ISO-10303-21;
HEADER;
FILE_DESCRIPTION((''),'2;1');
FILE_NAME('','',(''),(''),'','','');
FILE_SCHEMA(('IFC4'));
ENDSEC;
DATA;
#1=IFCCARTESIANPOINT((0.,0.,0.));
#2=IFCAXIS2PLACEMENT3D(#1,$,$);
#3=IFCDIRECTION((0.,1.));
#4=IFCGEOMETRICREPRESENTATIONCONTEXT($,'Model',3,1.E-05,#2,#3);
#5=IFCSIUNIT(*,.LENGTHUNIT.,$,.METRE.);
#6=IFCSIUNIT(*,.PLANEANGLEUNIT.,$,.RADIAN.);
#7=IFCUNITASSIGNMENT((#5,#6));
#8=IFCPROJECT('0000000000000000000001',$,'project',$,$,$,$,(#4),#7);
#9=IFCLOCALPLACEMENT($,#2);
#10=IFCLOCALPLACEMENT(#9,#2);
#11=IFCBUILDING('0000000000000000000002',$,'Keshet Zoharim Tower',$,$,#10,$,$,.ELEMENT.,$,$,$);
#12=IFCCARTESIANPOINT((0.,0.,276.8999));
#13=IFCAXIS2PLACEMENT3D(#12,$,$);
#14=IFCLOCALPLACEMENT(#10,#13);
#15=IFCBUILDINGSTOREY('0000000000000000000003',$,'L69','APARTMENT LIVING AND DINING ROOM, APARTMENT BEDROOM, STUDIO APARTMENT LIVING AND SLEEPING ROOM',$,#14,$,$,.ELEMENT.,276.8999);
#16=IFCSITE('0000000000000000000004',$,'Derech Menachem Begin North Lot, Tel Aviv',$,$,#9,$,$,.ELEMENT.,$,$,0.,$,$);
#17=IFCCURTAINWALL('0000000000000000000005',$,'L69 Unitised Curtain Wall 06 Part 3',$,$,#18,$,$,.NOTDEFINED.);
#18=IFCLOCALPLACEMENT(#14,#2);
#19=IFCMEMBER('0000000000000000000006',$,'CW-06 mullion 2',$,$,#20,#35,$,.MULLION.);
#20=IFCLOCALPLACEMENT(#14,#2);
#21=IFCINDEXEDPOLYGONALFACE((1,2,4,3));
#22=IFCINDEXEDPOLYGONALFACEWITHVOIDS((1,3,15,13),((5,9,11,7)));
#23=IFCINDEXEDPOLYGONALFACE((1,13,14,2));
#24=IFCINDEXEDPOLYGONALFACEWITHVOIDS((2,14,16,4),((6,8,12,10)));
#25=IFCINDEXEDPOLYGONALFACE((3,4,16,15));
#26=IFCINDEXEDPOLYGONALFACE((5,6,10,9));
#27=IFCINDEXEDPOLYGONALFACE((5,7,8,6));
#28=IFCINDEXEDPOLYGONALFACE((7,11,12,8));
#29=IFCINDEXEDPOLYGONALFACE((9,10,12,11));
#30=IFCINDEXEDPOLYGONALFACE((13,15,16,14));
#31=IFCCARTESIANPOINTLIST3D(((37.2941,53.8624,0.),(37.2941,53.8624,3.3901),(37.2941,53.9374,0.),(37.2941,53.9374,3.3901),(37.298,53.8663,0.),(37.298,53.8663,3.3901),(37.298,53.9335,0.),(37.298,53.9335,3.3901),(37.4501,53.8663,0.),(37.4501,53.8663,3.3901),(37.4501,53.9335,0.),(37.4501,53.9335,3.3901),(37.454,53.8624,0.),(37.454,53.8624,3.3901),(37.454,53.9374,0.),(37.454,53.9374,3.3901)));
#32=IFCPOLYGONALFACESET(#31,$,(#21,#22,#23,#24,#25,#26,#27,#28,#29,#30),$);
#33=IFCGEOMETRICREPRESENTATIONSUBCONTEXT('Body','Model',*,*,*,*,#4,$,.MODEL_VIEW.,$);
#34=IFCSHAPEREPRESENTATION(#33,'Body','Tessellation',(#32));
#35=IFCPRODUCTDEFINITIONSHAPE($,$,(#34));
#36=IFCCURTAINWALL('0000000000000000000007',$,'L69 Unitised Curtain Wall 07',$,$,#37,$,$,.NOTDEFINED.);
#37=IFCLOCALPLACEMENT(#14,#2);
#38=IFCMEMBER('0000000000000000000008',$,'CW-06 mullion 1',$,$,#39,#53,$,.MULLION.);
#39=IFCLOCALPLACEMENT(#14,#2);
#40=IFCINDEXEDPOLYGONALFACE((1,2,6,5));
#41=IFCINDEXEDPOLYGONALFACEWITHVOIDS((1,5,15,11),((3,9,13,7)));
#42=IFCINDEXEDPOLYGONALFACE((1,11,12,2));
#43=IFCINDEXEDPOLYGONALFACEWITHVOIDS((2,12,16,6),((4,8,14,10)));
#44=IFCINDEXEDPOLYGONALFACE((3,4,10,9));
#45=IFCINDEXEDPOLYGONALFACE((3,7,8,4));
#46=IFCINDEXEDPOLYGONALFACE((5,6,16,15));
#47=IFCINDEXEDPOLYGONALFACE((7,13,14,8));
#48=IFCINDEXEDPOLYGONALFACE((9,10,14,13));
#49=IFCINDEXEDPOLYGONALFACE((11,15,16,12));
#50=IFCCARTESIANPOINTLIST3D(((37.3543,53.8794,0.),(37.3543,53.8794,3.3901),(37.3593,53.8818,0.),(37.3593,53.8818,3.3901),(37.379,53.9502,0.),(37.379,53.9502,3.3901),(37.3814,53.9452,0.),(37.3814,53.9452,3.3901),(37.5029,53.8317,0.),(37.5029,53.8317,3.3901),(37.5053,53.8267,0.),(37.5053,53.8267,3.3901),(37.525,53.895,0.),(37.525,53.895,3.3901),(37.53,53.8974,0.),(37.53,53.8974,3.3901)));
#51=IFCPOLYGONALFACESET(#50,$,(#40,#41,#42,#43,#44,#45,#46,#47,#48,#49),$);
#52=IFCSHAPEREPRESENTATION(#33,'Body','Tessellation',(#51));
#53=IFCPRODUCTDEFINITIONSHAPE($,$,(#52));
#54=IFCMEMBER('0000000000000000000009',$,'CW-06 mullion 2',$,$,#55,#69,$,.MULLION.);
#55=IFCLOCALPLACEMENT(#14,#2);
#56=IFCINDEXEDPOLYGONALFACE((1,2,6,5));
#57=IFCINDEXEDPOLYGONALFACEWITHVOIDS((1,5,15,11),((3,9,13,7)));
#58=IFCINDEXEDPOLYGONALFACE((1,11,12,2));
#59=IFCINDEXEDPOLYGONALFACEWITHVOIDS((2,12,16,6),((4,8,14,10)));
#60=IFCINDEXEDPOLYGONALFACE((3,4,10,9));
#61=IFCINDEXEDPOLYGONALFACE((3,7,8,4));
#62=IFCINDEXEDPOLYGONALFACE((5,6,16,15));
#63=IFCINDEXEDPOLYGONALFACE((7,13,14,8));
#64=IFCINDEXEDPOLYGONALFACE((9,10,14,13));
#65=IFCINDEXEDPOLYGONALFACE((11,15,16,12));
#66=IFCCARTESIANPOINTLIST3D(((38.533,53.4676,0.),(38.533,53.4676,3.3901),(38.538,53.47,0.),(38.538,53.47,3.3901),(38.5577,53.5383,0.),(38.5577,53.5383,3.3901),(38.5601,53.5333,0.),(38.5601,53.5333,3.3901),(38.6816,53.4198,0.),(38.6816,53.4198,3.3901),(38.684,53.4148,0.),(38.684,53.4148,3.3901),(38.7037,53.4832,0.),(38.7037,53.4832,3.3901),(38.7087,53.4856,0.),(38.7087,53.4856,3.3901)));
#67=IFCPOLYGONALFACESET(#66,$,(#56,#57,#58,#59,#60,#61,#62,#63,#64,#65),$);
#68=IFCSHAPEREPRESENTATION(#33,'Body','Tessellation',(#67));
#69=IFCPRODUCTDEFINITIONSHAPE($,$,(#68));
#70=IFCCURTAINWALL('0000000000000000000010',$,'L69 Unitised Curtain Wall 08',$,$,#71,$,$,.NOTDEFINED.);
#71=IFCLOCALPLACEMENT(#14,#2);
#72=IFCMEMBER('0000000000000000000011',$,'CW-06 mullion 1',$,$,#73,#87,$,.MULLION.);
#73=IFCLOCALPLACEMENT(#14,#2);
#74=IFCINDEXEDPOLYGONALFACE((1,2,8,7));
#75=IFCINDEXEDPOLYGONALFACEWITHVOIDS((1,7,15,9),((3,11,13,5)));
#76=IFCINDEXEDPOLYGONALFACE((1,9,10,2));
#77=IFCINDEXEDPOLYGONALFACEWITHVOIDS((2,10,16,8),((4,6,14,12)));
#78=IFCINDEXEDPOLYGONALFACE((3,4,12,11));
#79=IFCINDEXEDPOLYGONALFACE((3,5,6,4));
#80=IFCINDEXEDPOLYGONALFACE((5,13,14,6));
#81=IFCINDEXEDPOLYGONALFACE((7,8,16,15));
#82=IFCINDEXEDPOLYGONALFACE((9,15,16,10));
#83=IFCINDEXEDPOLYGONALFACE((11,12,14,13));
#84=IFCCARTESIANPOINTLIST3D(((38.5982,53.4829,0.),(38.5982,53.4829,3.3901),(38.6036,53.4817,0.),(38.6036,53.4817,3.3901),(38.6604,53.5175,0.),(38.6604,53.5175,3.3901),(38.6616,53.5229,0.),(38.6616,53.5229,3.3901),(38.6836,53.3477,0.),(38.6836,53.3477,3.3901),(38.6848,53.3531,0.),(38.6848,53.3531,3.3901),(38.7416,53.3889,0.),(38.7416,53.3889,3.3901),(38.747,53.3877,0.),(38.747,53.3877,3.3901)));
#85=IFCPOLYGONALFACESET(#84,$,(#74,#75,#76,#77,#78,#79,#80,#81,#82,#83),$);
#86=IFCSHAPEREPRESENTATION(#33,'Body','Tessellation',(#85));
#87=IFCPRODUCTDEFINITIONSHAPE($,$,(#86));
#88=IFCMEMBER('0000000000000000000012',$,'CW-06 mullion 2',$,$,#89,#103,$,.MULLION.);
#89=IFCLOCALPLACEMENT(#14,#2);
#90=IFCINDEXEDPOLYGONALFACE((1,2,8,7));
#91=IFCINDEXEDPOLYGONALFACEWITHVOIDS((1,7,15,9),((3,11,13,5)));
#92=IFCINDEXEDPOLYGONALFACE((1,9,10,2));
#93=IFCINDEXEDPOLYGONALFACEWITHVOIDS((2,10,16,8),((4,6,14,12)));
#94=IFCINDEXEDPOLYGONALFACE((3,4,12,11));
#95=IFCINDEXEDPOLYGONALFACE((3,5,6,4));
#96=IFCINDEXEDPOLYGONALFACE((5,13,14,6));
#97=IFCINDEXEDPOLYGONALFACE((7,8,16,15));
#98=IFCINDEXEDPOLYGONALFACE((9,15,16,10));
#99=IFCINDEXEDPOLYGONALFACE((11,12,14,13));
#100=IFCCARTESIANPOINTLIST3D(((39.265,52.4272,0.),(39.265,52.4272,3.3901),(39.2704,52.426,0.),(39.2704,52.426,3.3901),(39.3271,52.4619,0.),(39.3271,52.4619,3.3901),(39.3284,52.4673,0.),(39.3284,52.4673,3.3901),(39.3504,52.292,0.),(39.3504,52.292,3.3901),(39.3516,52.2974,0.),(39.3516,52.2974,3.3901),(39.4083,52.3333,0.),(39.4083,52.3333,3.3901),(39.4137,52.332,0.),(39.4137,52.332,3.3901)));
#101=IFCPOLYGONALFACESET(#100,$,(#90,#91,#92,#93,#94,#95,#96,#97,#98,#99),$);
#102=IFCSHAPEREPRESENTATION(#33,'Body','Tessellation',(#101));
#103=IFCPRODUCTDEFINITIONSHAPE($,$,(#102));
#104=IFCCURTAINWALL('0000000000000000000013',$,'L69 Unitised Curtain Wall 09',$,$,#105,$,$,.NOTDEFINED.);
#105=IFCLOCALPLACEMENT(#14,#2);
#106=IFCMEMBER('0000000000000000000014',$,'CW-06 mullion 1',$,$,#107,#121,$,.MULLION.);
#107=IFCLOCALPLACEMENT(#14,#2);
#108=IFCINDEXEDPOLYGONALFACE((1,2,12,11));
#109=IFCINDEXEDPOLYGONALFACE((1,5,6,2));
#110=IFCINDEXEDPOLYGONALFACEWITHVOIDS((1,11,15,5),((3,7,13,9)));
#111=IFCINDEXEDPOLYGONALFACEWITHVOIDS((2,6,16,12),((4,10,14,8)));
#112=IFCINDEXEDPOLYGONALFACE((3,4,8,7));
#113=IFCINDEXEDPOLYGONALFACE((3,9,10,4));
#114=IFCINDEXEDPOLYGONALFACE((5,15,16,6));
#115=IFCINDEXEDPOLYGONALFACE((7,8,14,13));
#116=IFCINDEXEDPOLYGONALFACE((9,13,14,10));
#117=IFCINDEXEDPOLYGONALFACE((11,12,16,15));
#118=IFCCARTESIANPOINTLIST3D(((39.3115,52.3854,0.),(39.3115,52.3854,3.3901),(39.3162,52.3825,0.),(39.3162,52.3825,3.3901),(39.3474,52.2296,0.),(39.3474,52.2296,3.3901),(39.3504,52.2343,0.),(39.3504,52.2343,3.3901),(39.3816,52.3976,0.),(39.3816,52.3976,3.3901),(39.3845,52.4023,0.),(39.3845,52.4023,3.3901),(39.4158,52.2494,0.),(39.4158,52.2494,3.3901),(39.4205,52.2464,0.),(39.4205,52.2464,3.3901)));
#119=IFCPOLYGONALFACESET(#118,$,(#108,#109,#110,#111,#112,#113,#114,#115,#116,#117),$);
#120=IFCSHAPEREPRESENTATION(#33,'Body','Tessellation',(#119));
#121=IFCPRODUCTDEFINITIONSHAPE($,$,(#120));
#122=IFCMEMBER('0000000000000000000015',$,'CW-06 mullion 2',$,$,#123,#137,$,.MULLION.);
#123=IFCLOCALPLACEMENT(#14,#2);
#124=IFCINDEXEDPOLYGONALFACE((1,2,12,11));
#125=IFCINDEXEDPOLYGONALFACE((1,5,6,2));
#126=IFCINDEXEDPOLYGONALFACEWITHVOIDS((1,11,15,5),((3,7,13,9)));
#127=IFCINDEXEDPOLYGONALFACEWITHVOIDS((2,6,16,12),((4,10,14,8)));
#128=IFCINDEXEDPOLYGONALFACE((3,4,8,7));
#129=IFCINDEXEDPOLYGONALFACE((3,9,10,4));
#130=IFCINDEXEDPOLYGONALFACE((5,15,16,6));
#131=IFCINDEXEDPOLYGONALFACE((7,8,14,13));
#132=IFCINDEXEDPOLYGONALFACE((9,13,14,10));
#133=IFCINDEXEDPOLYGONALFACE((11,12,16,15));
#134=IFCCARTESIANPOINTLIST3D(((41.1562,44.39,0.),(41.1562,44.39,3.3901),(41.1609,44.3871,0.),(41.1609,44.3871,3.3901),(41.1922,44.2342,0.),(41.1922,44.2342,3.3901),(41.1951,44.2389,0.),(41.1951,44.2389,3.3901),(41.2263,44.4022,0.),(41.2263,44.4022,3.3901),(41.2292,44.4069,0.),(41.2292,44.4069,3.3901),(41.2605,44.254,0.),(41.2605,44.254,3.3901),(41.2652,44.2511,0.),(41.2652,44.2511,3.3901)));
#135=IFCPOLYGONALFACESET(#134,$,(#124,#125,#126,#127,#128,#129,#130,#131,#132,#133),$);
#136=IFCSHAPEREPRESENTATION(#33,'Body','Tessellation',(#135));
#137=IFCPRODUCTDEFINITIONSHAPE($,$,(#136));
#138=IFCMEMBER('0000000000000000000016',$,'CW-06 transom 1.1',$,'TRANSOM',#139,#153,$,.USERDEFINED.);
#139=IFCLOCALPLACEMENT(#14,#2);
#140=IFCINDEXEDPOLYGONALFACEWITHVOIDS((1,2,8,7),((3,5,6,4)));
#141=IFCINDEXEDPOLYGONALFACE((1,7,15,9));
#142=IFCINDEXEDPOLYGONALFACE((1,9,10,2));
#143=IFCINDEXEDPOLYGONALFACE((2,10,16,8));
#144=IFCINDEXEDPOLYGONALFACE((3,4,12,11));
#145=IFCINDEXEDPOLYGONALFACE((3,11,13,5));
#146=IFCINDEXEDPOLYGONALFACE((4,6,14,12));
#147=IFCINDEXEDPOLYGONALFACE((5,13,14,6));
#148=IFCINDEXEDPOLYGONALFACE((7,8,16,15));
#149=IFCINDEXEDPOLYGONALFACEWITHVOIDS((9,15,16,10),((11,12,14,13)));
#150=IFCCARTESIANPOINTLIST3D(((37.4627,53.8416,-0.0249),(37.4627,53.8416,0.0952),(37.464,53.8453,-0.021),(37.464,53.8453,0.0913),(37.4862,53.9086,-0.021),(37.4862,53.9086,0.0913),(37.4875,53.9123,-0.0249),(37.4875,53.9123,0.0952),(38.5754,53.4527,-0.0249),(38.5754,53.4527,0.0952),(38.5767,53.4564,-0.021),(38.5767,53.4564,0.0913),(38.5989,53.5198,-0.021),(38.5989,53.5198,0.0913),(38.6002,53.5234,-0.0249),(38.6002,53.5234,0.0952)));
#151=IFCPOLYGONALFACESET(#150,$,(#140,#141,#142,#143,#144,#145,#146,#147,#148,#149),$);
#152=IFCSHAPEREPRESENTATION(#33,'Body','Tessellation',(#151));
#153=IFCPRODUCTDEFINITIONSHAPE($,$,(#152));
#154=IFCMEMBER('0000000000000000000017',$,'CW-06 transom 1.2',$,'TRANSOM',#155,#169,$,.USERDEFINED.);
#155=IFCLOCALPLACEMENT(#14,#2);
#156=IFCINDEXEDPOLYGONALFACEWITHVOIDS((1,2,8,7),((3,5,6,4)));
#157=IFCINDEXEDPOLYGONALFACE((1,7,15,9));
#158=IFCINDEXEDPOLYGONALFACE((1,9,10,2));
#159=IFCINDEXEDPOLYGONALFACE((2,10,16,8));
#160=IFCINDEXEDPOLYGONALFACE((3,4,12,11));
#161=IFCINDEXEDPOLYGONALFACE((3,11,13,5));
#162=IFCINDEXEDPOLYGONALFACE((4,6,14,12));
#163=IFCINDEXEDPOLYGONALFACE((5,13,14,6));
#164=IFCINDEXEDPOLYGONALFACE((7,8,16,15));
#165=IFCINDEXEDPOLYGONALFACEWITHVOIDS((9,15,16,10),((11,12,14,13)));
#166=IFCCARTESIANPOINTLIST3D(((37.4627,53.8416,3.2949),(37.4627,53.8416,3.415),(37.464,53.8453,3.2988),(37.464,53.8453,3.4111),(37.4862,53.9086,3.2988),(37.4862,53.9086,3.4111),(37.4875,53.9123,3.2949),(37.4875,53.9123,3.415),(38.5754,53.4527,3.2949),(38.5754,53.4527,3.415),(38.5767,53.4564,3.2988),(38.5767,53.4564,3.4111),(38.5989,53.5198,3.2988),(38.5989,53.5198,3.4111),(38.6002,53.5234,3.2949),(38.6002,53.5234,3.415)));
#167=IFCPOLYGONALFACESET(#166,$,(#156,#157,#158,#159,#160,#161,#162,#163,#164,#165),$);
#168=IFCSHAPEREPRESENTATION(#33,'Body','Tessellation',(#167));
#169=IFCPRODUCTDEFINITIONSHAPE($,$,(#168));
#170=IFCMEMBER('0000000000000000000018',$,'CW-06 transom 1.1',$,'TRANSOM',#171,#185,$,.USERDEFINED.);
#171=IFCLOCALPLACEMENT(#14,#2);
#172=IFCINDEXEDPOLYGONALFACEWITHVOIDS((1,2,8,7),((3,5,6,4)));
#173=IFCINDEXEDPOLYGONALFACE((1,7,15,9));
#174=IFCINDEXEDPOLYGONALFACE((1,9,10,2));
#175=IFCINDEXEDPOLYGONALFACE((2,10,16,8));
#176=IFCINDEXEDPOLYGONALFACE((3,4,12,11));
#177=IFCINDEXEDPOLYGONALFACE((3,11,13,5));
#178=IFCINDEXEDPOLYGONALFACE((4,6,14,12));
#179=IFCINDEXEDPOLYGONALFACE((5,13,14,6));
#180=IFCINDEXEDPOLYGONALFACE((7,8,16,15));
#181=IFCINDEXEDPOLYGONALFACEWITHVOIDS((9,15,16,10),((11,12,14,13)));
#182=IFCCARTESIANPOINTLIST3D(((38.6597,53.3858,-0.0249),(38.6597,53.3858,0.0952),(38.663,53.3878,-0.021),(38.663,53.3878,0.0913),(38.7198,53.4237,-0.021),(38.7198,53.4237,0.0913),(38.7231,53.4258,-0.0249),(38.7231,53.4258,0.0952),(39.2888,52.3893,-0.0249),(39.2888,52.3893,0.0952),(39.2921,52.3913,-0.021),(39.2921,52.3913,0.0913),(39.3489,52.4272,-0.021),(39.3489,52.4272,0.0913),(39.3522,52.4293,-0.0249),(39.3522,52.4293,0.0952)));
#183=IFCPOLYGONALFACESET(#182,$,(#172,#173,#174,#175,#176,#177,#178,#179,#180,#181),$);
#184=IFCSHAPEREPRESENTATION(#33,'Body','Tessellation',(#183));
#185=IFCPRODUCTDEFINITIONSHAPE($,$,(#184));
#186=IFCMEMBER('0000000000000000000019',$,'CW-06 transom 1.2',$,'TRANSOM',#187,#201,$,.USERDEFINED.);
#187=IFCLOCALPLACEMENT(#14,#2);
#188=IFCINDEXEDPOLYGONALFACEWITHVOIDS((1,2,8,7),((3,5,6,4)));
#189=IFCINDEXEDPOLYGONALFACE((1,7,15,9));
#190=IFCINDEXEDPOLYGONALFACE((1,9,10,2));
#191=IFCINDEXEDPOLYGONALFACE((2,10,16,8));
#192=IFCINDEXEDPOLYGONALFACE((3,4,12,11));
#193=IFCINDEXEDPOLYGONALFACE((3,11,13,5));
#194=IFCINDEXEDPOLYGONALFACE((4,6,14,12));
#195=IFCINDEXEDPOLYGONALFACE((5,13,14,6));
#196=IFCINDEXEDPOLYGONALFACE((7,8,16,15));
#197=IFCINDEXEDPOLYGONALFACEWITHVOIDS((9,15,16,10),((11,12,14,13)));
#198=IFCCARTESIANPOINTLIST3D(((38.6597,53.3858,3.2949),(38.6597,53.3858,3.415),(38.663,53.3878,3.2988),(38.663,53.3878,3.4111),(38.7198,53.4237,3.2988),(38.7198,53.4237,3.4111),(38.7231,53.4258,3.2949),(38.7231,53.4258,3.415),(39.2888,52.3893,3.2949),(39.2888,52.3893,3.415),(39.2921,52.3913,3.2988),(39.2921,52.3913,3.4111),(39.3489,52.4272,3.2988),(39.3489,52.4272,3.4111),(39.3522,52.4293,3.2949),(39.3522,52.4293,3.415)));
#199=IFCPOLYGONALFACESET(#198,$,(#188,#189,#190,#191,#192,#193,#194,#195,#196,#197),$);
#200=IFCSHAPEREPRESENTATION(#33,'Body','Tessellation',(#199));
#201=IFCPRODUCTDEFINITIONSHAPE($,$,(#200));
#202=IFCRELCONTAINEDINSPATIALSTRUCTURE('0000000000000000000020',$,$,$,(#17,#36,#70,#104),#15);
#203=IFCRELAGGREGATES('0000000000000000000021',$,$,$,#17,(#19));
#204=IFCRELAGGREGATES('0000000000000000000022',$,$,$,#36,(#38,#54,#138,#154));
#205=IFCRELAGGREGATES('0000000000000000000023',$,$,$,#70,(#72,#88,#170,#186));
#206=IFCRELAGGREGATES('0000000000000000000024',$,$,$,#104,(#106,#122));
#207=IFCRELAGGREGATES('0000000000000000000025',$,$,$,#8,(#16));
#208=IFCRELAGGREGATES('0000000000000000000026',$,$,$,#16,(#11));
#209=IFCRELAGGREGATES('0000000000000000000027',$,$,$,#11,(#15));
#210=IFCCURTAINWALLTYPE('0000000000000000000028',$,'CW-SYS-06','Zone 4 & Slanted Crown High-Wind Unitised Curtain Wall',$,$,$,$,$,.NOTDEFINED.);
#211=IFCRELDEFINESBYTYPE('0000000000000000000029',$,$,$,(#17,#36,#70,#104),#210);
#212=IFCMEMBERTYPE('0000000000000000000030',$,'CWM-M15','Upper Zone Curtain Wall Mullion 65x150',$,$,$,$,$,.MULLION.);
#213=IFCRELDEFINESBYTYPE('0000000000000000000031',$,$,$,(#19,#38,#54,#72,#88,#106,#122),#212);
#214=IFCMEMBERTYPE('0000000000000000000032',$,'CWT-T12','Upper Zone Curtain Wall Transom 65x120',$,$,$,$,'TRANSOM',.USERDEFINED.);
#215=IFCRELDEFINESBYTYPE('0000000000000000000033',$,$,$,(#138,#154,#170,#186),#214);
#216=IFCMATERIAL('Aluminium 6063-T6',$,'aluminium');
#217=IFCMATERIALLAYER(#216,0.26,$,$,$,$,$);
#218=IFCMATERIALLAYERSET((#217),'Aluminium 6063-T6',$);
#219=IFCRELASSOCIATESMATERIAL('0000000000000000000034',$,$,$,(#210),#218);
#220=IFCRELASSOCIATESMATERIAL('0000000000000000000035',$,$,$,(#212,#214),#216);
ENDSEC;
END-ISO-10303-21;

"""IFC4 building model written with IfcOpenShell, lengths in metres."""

from ifc_helpers import new_model, si_unit, direction, frame, origin, origin_2d, place, context, subcontext, project, spatial, hollow_rectangle, extrude, material, layer, layer_set, material_profile, profile_set, type_object, element, aggregate, save


model = new_model("IFC4")

# Units and contexts
model_context = context("Model", 3, precision=1e-05, world=origin(), true_north=direction((0.0, 1.0)))
body_context = subcontext(model_context, "Body", "Model", "MODEL_VIEW")
ifc_project = project(units=[si_unit("LENGTHUNIT", "METRE"), si_unit("PLANEANGLEUNIT", "RADIAN")], contexts=[model_context])

# Site, building, storey
site_placement = place(None, origin())
site = spatial("IfcSite", under=ifc_project, at=site_placement, Name="Derech Menachem Begin North Lot, Tel Aviv", CompositionType="ELEMENT", RefElevation=0.0)
building_placement = place(site_placement, origin())
building = spatial("IfcBuilding", under=site, at=building_placement, Name="Keshet Zoharim Tower", CompositionType="ELEMENT")
storey_placement = place(building_placement, frame((0.0, 0.0, 276.8999)))
storey = spatial("IfcBuildingStorey", under=building, at=storey_placement, Name="L69", Description="APARTMENT LIVING AND DINING ROOM, APARTMENT BEDROOM, STUDIO APARTMENT LIVING AND SLEEPING ROOM", CompositionType="ELEMENT", Elevation=276.8999)

# Curtain wall, member
ifc_material_1 = material(Name="Aluminium 6063-T6", Category="aluminium")
ifc_layer_1 = layer(ifc_material_1, 0.26)
ifc_layer_set_1 = layer_set([ifc_layer_1], Name="Aluminium 6063-T6")
curtain_wall_type = type_object("IfcCurtainWallType", Name="CW-SYS-06", Description="Zone 4 & Slanted Crown High-Wind Unitised Curtain Wall", PredefinedType="NOTDEFINED", material=ifc_layer_set_1)
curtain_wall_1_placement = place(storey_placement, origin())
curtain_wall_1 = element("IfcCurtainWall", 1, at=curtain_wall_1_placement, inside=storey, type_object=curtain_wall_type, Name="L69 Unitised Curtain Wall 06 Part 3", PredefinedType="NOTDEFINED")
ifc_material_profile_1 = material_profile(ifc_material_1, hollow_rectangle(XDim=0.075, YDim=0.1599, WallThickness=0.0039, at=origin_2d()), Name="MUL-75x160")
ifc_profile_set_1 = profile_set([ifc_material_profile_1], Name="Aluminium 6063-T6")
member_type_1 = type_object("IfcMemberType", Name="CWM-M15", Description="Upper Zone Curtain Wall Mullion 65x150", PredefinedType="MULLION", material=ifc_profile_set_1)
member_1_placement = place(storey_placement, frame((37.374, 53.8999, 0.0), z_axis=(0.0, 0.0, 1.0), x_axis=(0.0, 1.0, 0.0)))
member_1 = element("IfcMember", 2, at=member_1_placement, type_object=member_type_1, Name="CW-06 mullion 2", PredefinedType="MULLION", context=body_context, shape_type="SweptSolid", body=[
    extrude(hollow_rectangle(XDim=0.075, YDim=0.1599, WallThickness=0.0039, at=origin_2d()), origin(), (0.0, 0.0, 1.0), 3.3901),
])
aggregate(curtain_wall_1, [member_1])

# Curtain walls, members
curtain_wall_2_placement = place(storey_placement, origin())
curtain_wall_2 = element("IfcCurtainWall", 3, at=curtain_wall_2_placement, inside=storey, type_object=curtain_wall_type, Name="L69 Unitised Curtain Wall 07", PredefinedType="NOTDEFINED")
member_2_placement = place(storey_placement, frame((37.4421, 53.8884, 0.0), z_axis=(0.0, 0.0, 1.0), x_axis=(0.329844, 0.944036, 0.0)))
member_2 = element("IfcMember", 4, at=member_2_placement, type_object=member_type_1, Name="CW-06 mullion 1", PredefinedType="MULLION", context=body_context, shape_type="SweptSolid", body=[
    extrude(hollow_rectangle(XDim=0.075, YDim=0.1599, WallThickness=0.0039, at=origin_2d()), origin(), (0.0, 0.0, 1.0), 3.3901),
])
member_3_placement = place(storey_placement, frame((38.6208, 53.4766, 0.0), z_axis=(0.0, 0.0, 1.0), x_axis=(0.329844, 0.944036, 0.0)))
member_3 = element("IfcMember", 5, at=member_3_placement, type_object=member_type_1, Name="CW-06 mullion 2", PredefinedType="MULLION", context=body_context, shape_type="SweptSolid", body=[
    extrude(hollow_rectangle(XDim=0.075, YDim=0.1599, WallThickness=0.0039, at=origin_2d()), origin(), (0.0, 0.0, 1.0), 3.3901),
])
curtain_wall_3_placement = place(storey_placement, origin())
curtain_wall_3 = element("IfcCurtainWall", 6, at=curtain_wall_3_placement, inside=storey, type_object=curtain_wall_type, Name="L69 Unitised Curtain Wall 08", PredefinedType="NOTDEFINED")
member_4_placement = place(storey_placement, frame((38.6726, 53.4353, 0.0), z_axis=(0.0, 0.0, 1.0), x_axis=(0.845561, 0.533879, 0.0)))
member_4 = element("IfcMember", 7, at=member_4_placement, type_object=member_type_1, Name="CW-06 mullion 1", PredefinedType="MULLION", context=body_context, shape_type="SweptSolid", body=[
    extrude(hollow_rectangle(XDim=0.075, YDim=0.1599, WallThickness=0.0039, at=origin_2d()), origin(), (0.0, 0.0, 1.0), 3.3901),
])
member_5_placement = place(storey_placement, frame((39.3394, 52.3796, 0.0), z_axis=(0.0, 0.0, 1.0), x_axis=(0.845561, 0.533879, 0.0)))
member_5 = element("IfcMember", 8, at=member_5_placement, type_object=member_type_1, Name="CW-06 mullion 2", PredefinedType="MULLION", context=body_context, shape_type="SweptSolid", body=[
    extrude(hollow_rectangle(XDim=0.075, YDim=0.1599, WallThickness=0.0039, at=origin_2d()), origin(), (0.0, 0.0, 1.0), 3.3901),
])
curtain_wall_4_placement = place(storey_placement, origin())
curtain_wall_4 = element("IfcCurtainWall", 9, at=curtain_wall_4_placement, inside=storey, type_object=curtain_wall_type, Name="L69 Unitised Curtain Wall 09", PredefinedType="NOTDEFINED")
member_6_placement = place(storey_placement, frame((39.366, 52.3159, 0.0), z_axis=(0.0, 0.0, 1.0), x_axis=(0.974398, 0.22483, 0.0)))
member_6 = element("IfcMember", 10, at=member_6_placement, type_object=member_type_1, Name="CW-06 mullion 1", PredefinedType="MULLION", context=body_context, shape_type="SweptSolid", body=[
    extrude(hollow_rectangle(XDim=0.075, YDim=0.1599, WallThickness=0.0039, at=origin_2d()), origin(), (0.0, 0.0, 1.0), 3.3901),
])
member_7_placement = place(storey_placement, frame((41.2107, 44.3206, 0.0), z_axis=(0.0, 0.0, 1.0), x_axis=(0.974398, 0.22483, 0.0)))
member_7 = element("IfcMember", 11, at=member_7_placement, type_object=member_type_1, Name="CW-06 mullion 2", PredefinedType="MULLION", context=body_context, shape_type="SweptSolid", body=[
    extrude(hollow_rectangle(XDim=0.075, YDim=0.1599, WallThickness=0.0039, at=origin_2d()), origin(), (0.0, 0.0, 1.0), 3.3901),
])

# Members
ifc_material_profile_2 = material_profile(ifc_material_1, hollow_rectangle(XDim=0.075, YDim=0.1201, WallThickness=0.0039, at=origin_2d()), Name="TRN-75x120")
ifc_profile_set_2 = profile_set([ifc_material_profile_2], Name="Aluminium 6063-T6")
member_type_2 = type_object("IfcMemberType", Name="CWT-T12", Description="Upper Zone Curtain Wall Transom 65x120", ElementType="TRANSOM", PredefinedType="USERDEFINED", material=ifc_profile_set_2)
member_8_placement = place(storey_placement, frame((37.4751, 53.877, 0.0352), z_axis=(0.944007, -0.329926, 0.0), x_axis=(0.329926, 0.944007, 0.0)))
member_8 = element("IfcMember", 12, at=member_8_placement, type_object=member_type_2, Name="CW-06 transom 1.1", ObjectType="TRANSOM", PredefinedType="USERDEFINED", context=body_context, shape_type="SweptSolid", body=[
    extrude(hollow_rectangle(XDim=0.075, YDim=0.1201, WallThickness=0.0039, at=origin_2d()), origin(), (0.0, 0.0, 1.0), 1.1787),
])
member_9_placement = place(storey_placement, frame((37.4751, 53.877, 3.355), z_axis=(0.944007, -0.329926, 0.0), x_axis=(0.329926, 0.944007, 0.0)))
member_9 = element("IfcMember", 13, at=member_9_placement, type_object=member_type_2, Name="CW-06 transom 1.2", ObjectType="TRANSOM", PredefinedType="USERDEFINED", context=body_context, shape_type="SweptSolid", body=[
    extrude(hollow_rectangle(XDim=0.075, YDim=0.1201, WallThickness=0.0039, at=origin_2d()), origin(), (0.0, 0.0, 1.0), 1.1787),
])
member_10_placement = place(storey_placement, frame((38.6914, 53.4058, 0.0352), z_axis=(0.533829, -0.845592, 0.0), x_axis=(0.845592, 0.533829, 0.0)))
member_10 = element("IfcMember", 14, at=member_10_placement, type_object=member_type_2, Name="CW-06 transom 1.1", ObjectType="TRANSOM", PredefinedType="USERDEFINED", context=body_context, shape_type="SweptSolid", body=[
    extrude(hollow_rectangle(XDim=0.075, YDim=0.1201, WallThickness=0.0039, at=origin_2d()), origin(), (0.0, 0.0, 1.0), 1.1785),
])
member_11_placement = place(storey_placement, frame((38.6914, 53.4058, 3.355), z_axis=(0.533829, -0.845592, 0.0), x_axis=(0.845592, 0.533829, 0.0)))
member_11 = element("IfcMember", 15, at=member_11_placement, type_object=member_type_2, Name="CW-06 transom 1.2", ObjectType="TRANSOM", PredefinedType="USERDEFINED", context=body_context, shape_type="SweptSolid", body=[
    extrude(hollow_rectangle(XDim=0.075, YDim=0.1201, WallThickness=0.0039, at=origin_2d()), origin(), (0.0, 0.0, 1.0), 1.1785),
])

aggregate(curtain_wall_2, [member_2, member_3, member_8, member_9])
aggregate(curtain_wall_3, [member_4, member_5, member_10, member_11])
aggregate(curtain_wall_4, [member_6, member_7])

save(model, "model.ifc")
